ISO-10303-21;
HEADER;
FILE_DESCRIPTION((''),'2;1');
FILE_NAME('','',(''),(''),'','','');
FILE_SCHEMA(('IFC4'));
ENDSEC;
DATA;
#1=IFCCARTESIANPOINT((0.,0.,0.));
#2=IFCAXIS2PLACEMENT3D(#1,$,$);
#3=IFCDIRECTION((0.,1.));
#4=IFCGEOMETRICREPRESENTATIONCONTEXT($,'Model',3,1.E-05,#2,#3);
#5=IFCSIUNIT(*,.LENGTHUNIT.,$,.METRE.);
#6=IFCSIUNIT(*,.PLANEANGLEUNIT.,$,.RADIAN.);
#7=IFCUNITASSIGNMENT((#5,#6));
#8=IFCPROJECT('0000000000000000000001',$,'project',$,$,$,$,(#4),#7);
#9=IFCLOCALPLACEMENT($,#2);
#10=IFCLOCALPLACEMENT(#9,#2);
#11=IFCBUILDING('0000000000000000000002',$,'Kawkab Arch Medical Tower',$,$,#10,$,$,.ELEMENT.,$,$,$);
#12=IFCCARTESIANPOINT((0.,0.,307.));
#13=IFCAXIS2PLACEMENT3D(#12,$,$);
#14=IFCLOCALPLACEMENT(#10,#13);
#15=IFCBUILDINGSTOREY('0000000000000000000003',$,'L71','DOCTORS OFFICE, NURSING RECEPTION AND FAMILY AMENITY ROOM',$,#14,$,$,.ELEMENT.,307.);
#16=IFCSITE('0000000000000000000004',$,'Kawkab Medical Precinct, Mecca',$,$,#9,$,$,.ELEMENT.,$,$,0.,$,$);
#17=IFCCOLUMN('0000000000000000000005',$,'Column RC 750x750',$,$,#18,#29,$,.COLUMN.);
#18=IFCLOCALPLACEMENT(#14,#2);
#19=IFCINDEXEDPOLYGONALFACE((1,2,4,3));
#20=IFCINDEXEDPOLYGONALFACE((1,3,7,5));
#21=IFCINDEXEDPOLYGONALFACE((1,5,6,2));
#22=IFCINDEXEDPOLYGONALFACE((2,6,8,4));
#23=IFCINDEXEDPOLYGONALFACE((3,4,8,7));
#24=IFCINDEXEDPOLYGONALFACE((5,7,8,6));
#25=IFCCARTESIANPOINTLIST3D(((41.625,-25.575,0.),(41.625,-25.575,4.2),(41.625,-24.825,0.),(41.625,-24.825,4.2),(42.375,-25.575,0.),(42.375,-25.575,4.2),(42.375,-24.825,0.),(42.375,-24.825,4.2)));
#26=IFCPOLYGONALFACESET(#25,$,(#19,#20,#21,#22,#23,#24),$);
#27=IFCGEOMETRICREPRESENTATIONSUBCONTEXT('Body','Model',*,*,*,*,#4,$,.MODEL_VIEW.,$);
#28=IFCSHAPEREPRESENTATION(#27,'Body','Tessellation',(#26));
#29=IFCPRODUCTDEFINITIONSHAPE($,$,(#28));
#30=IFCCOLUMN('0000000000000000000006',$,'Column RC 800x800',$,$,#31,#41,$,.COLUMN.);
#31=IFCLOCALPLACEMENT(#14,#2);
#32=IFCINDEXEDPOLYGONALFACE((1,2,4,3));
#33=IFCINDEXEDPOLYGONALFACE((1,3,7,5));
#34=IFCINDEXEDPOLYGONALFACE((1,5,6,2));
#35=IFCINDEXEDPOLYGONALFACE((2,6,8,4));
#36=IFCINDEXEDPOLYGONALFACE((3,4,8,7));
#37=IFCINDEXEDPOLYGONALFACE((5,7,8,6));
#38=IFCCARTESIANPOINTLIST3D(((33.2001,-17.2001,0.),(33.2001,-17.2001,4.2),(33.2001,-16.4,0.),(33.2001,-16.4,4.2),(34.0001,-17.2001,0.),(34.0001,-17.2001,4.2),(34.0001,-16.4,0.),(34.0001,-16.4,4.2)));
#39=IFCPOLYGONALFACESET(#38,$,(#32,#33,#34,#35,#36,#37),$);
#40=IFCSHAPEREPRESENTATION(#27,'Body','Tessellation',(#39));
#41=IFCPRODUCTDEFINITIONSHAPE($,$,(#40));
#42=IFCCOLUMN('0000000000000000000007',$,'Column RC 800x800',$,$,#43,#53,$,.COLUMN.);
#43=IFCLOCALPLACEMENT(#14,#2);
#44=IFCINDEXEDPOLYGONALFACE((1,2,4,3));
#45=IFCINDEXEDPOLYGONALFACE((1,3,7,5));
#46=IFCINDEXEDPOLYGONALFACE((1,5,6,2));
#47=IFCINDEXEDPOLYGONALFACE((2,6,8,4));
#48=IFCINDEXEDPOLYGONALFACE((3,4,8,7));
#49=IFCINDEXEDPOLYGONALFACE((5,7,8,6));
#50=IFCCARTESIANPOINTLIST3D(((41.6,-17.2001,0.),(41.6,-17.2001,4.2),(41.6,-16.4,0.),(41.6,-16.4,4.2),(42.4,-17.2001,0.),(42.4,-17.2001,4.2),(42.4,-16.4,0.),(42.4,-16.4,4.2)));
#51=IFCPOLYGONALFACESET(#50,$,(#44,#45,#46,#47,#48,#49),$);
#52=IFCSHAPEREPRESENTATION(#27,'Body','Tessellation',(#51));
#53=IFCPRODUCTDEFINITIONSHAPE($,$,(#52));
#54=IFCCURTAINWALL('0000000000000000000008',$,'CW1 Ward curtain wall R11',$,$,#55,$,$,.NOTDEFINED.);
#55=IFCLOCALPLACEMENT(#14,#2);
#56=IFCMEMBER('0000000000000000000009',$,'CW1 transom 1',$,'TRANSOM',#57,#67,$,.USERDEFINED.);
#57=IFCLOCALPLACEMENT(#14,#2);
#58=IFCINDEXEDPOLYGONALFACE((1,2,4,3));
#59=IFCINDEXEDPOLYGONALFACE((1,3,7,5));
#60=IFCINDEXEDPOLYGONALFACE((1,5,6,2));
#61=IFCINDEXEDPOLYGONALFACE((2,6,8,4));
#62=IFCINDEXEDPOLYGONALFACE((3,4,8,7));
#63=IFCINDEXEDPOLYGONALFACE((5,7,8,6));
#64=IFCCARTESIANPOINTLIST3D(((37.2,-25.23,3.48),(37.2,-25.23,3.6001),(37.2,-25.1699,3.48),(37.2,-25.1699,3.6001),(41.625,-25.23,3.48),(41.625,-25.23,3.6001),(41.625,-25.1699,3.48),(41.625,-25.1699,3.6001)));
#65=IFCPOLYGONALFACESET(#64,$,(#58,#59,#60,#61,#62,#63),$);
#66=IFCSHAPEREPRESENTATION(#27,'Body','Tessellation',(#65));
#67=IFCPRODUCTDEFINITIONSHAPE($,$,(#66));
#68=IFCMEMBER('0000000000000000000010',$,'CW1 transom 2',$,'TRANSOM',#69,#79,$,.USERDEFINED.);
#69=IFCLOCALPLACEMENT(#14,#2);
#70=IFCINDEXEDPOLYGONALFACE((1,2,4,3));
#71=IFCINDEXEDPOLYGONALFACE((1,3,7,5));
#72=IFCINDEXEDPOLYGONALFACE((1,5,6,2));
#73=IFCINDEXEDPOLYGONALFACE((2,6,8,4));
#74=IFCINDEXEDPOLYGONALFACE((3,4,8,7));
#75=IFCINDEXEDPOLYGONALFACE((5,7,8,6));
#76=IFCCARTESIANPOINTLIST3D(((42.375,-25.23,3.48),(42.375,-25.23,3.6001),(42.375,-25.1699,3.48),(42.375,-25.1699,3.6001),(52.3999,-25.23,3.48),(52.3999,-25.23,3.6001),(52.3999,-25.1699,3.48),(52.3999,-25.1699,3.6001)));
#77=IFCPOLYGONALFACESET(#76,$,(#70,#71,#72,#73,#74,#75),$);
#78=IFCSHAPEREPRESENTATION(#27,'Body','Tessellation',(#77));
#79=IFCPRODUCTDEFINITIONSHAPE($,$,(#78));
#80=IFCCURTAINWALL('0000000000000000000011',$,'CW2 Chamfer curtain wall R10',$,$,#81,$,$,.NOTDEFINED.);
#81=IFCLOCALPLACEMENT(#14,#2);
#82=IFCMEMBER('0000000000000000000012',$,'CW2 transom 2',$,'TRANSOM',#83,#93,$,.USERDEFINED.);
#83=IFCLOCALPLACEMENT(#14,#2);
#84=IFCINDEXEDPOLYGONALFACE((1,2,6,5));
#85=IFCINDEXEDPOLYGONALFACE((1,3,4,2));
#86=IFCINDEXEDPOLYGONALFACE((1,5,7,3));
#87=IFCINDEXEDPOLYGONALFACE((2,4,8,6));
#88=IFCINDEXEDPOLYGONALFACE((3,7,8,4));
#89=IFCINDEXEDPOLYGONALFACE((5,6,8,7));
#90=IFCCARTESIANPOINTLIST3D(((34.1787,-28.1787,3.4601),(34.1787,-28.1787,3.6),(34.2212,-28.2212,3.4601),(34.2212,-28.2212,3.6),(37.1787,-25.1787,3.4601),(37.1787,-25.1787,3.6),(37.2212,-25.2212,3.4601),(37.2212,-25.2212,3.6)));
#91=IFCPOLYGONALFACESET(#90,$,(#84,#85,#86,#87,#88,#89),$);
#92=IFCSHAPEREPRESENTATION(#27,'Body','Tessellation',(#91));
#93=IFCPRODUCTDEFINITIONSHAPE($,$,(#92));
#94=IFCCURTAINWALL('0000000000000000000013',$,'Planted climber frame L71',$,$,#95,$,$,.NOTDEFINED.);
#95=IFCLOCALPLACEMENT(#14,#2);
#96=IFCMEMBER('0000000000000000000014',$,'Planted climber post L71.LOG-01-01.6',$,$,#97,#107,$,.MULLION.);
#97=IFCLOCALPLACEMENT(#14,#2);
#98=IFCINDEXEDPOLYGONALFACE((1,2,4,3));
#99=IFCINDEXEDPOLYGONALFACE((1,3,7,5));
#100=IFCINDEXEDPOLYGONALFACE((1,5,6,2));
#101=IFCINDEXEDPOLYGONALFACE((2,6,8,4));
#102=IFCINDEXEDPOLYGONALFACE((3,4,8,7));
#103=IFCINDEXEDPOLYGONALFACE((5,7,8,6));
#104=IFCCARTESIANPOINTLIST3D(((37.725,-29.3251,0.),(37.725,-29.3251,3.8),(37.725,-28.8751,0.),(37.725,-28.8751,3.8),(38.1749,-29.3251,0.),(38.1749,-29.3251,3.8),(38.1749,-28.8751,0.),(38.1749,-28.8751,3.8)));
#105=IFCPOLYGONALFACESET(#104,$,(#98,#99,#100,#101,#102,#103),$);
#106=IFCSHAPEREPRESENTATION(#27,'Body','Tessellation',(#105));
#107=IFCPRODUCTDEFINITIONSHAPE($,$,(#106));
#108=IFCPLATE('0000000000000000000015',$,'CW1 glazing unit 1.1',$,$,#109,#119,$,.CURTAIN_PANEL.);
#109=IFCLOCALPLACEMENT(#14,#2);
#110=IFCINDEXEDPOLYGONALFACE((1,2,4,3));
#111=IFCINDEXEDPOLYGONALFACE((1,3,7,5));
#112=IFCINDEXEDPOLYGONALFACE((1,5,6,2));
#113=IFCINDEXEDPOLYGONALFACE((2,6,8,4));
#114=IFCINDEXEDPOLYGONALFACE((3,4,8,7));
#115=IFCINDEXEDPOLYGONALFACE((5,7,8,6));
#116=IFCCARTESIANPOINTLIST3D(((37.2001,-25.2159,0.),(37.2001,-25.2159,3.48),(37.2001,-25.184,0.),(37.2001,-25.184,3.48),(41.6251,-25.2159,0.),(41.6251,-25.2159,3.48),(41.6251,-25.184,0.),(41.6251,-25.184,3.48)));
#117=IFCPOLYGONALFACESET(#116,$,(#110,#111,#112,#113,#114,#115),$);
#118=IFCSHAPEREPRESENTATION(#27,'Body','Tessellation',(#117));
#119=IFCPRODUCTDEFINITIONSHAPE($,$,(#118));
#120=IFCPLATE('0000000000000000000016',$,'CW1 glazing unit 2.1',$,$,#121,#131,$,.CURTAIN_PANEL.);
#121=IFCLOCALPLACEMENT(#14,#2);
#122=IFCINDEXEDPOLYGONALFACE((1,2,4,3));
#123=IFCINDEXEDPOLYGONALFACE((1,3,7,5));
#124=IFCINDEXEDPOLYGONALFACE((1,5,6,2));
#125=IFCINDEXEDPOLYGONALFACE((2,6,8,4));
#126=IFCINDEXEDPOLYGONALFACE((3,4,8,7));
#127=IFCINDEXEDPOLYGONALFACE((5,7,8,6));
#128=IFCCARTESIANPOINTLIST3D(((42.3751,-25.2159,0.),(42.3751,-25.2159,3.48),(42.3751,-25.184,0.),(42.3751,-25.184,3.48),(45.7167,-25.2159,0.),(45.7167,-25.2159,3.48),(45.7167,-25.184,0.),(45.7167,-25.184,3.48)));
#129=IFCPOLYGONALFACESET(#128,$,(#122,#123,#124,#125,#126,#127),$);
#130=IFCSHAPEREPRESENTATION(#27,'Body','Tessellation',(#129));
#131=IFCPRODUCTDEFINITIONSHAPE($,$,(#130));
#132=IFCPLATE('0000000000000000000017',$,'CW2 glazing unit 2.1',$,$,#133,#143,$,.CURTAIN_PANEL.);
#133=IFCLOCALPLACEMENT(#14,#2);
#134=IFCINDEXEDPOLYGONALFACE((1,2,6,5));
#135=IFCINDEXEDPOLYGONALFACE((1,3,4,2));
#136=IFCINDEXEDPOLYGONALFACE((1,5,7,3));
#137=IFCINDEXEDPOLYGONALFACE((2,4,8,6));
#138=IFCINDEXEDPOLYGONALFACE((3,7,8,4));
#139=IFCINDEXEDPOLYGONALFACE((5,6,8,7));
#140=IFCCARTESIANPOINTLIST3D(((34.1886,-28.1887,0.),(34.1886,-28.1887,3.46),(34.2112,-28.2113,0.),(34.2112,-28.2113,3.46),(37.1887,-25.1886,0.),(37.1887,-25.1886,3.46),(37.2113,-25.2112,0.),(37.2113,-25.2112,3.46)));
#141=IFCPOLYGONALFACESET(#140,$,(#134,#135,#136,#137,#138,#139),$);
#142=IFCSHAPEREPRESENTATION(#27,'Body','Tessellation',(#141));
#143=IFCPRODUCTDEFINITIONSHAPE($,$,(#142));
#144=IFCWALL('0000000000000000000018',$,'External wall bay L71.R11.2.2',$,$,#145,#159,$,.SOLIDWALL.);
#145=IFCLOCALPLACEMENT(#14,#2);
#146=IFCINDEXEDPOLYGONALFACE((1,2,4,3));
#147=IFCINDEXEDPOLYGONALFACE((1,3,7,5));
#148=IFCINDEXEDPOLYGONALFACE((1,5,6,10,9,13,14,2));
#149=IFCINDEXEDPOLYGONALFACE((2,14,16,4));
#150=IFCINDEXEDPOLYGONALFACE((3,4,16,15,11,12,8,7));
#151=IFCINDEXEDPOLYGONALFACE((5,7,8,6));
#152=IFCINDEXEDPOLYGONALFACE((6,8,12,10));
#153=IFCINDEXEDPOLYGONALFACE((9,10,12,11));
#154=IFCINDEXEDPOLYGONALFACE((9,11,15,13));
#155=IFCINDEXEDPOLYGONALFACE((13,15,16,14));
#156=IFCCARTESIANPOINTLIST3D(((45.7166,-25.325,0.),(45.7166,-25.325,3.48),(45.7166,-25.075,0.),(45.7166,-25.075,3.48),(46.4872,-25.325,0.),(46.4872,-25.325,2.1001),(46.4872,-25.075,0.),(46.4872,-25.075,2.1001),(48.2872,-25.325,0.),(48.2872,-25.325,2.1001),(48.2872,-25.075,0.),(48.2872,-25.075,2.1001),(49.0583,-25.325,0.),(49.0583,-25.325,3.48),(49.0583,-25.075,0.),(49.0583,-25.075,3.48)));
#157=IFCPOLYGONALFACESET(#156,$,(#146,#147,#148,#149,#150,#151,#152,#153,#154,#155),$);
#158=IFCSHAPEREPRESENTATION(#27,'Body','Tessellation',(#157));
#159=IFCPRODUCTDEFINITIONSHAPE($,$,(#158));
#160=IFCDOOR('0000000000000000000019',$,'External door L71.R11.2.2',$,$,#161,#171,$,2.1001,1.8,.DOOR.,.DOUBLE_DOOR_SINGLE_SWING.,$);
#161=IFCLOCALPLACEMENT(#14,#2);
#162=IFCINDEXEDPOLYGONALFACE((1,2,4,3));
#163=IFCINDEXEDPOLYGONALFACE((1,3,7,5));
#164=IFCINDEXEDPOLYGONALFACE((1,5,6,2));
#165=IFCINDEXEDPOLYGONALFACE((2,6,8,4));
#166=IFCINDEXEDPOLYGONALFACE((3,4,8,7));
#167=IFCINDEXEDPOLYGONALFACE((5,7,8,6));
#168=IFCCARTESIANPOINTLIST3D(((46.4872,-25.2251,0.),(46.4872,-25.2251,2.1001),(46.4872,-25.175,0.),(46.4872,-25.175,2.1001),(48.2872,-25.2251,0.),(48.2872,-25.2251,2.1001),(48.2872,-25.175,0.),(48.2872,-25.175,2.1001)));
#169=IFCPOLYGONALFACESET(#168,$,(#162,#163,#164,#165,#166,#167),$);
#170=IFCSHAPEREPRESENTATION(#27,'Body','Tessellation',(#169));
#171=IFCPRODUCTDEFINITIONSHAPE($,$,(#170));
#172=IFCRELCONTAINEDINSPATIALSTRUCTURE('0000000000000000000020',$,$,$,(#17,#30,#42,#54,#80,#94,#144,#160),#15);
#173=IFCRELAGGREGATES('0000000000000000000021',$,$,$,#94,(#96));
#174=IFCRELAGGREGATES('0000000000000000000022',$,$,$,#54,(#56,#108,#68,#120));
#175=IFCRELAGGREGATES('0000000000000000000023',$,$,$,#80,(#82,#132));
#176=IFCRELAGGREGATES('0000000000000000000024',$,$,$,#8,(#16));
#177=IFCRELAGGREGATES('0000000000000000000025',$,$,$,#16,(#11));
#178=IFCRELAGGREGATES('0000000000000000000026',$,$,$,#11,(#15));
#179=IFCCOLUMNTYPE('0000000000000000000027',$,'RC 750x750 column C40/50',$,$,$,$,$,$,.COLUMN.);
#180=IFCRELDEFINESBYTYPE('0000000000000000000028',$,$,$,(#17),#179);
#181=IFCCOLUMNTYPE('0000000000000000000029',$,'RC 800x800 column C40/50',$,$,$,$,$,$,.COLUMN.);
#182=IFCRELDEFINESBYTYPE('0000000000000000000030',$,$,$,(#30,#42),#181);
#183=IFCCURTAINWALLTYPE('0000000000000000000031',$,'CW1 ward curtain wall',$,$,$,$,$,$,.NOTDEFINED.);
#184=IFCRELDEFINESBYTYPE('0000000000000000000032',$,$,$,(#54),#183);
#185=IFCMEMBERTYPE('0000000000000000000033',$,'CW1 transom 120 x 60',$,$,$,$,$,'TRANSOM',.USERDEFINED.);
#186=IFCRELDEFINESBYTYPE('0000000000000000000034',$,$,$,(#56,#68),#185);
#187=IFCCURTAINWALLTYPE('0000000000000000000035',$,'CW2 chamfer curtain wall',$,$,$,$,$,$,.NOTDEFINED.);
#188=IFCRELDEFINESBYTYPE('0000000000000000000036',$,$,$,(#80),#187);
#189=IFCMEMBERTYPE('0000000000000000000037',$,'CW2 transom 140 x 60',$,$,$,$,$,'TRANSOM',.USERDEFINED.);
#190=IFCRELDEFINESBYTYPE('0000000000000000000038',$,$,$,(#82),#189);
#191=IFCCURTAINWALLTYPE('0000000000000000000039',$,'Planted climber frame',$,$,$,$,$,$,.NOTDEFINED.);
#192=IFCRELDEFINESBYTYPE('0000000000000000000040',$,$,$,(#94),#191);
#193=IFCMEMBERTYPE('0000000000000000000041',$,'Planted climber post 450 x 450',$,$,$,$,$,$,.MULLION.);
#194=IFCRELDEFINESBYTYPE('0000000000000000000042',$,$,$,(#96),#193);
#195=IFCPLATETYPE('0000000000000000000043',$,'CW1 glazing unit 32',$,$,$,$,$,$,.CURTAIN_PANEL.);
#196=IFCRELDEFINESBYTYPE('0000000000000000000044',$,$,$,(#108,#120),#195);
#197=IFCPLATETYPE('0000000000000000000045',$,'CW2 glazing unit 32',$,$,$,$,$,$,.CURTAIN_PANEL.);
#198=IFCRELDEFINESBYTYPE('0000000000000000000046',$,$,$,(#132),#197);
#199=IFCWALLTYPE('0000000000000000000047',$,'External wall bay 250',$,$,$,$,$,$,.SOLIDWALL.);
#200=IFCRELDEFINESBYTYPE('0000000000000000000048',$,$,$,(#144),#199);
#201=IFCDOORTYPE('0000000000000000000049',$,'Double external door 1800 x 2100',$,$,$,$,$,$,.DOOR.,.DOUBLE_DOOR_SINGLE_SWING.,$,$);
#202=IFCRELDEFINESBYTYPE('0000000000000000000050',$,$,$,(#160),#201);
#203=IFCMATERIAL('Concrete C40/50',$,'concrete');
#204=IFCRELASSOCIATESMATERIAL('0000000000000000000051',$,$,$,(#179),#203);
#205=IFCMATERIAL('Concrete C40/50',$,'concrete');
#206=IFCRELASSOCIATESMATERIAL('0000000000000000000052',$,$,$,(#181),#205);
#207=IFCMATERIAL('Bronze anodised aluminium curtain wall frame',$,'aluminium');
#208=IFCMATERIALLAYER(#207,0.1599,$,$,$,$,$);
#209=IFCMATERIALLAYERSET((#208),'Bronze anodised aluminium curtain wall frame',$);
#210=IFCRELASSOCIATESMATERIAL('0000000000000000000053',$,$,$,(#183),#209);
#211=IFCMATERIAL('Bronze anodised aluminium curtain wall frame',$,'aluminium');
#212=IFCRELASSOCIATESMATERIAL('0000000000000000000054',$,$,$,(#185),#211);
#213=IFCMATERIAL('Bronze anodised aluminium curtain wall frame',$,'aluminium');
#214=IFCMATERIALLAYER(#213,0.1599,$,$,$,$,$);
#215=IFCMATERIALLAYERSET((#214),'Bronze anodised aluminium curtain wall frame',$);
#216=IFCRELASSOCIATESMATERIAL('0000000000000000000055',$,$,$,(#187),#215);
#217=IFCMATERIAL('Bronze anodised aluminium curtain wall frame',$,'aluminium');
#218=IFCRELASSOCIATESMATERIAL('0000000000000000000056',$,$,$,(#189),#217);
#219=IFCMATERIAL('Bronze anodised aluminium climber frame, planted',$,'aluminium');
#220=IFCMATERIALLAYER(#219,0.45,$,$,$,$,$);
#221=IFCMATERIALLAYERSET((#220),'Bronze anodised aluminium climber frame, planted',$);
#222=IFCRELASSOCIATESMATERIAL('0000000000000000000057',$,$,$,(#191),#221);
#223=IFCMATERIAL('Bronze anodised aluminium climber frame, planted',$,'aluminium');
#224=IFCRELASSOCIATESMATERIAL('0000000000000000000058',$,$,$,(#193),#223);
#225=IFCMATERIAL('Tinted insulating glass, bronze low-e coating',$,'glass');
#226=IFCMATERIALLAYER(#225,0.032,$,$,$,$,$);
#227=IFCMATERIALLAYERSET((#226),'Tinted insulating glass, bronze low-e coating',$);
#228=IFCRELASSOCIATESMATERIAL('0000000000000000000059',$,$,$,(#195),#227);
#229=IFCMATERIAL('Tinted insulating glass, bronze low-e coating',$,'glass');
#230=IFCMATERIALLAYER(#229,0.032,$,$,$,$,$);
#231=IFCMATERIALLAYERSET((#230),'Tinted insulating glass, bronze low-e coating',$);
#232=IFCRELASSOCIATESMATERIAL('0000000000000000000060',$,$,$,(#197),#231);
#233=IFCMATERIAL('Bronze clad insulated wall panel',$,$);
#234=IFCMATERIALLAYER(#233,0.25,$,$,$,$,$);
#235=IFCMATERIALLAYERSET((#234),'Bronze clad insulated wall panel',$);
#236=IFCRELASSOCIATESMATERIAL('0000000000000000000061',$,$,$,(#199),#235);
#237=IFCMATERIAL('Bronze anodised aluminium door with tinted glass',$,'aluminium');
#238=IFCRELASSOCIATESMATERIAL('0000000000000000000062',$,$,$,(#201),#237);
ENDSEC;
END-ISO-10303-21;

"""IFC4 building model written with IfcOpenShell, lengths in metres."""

from ifc_helpers import new_model, si_unit, direction, frame, frame_2d, origin, origin_2d, place, context, subcontext, project, spatial, rectangle, extrude, material, layer, layer_set, material_profile, profile_set, type_object, element, fill, aggregate, save


model = new_model("IFC4")

# Units and contexts
model_context = context("Model", 3, precision=1e-05, world=origin(), true_north=direction((0.0, 1.0)))
body_context = subcontext(model_context, "Body", "Model", "MODEL_VIEW")
ifc_project = project(units=[si_unit("LENGTHUNIT", "METRE"), si_unit("PLANEANGLEUNIT", "RADIAN")], contexts=[model_context])

# Site, building, storey
site_placement = place(None, origin())
site = spatial("IfcSite", under=ifc_project, at=site_placement, Name="Kawkab Medical Precinct, Mecca", CompositionType="ELEMENT", RefElevation=0.0)
building_placement = place(site_placement, origin())
building = spatial("IfcBuilding", under=site, at=building_placement, Name="Kawkab Arch Medical Tower", CompositionType="ELEMENT")
storey_placement = place(building_placement, frame((0.0, 0.0, 307.0)))
storey = spatial("IfcBuildingStorey", under=building, at=storey_placement, Name="L71", Description="DOCTORS OFFICE, NURSING RECEPTION AND FAMILY AMENITY ROOM", CompositionType="ELEMENT", Elevation=307.0)

# Columns
ifc_material_1 = material(Name="Concrete C40/50", Category="concrete")
ifc_material_profile_1 = material_profile(ifc_material_1, rectangle(XDim=0.75, YDim=0.75, at=origin_2d()), Name="RC 750x750")
ifc_profile_set_1 = profile_set([ifc_material_profile_1], Name="Concrete C40/50")
column_type_1 = type_object("IfcColumnType", Name="RC 750x750 column C40/50", PredefinedType="COLUMN", material=ifc_profile_set_1)
column_placement = place(storey_placement, frame((42.0, -25.2, 0.0), z_axis=(0.0, 0.0, 1.0), x_axis=(1.0, 0.0, 0.0)))
element("IfcColumn", 1, at=column_placement, inside=storey, type_object=column_type_1, Name="Column RC 750x750", PredefinedType="COLUMN", context=body_context, shape_type="SweptSolid", body=[
    extrude(rectangle(XDim=0.75, YDim=0.75, at=origin_2d()), origin(), (0.0, 0.0, 1.0), 4.2),
])
ifc_material_2 = material(Name="Concrete C40/50", Category="concrete")
ifc_material_profile_2 = material_profile(ifc_material_2, rectangle(XDim=0.8, YDim=0.8, at=origin_2d()), Name="RC 800x800")
ifc_profile_set_2 = profile_set([ifc_material_profile_2], Name="Concrete C40/50")
column_type_2 = type_object("IfcColumnType", Name="RC 800x800 column C40/50", PredefinedType="COLUMN", material=ifc_profile_set_2)
for number, where, z_axis, x_axis, name in (
    (2, (33.6001, -16.8, 0.0), (0.0, 0.0, 1.0), (1.0, 0.0, 0.0), "Column RC 800x800"),
    (3, (42.0, -16.8, 0.0), (0.0, 0.0, 1.0), (1.0, 0.0, 0.0), "Column RC 800x800"),
):
    element("IfcColumn", number, at=place(storey_placement, frame(where, z_axis=z_axis, x_axis=x_axis)), inside=storey, type_object=column_type_2, Name=name, PredefinedType="COLUMN", context=body_context, shape_type="SweptSolid", body=[
        extrude(rectangle(XDim=0.8, YDim=0.8, at=origin_2d()), origin(), (0.0, 0.0, 1.0), 4.2),
    ])

# Curtain wall, members
ifc_material_3 = material(Name="Bronze anodised aluminium curtain wall frame", Category="aluminium")
ifc_layer_1 = layer(ifc_material_3, 0.1599)
ifc_layer_set_1 = layer_set([ifc_layer_1], Name="Bronze anodised aluminium curtain wall frame")
curtain_wall_type_1 = type_object("IfcCurtainWallType", Name="CW1 ward curtain wall", PredefinedType="NOTDEFINED", material=ifc_layer_set_1)
placement = place(storey_placement, origin())
curtain_wall_1 = element("IfcCurtainWall", 4, at=placement, inside=storey, type_object=curtain_wall_type_1, Name="CW1 Ward curtain wall R11", PredefinedType="NOTDEFINED")
ifc_material_4 = material(Name="Bronze anodised aluminium curtain wall frame", Category="aluminium")
ifc_material_profile_3 = material_profile(ifc_material_4, rectangle(XDim=0.0601, YDim=0.1201, at=origin_2d()), Name="AL 60x120")
ifc_profile_set_3 = profile_set([ifc_material_profile_3], Name="Bronze anodised aluminium curtain wall frame")
member_type_1 = type_object("IfcMemberType", Name="CW1 transom 120 x 60", ElementType="TRANSOM", PredefinedType="USERDEFINED", material=ifc_profile_set_3)
member_1_placement = place(storey_placement, frame((37.2, -25.2, 3.54), z_axis=(1.0, 0.0, 0.0), x_axis=(0.0, 1.0, 0.0)))
member_1 = element("IfcMember", 5, at=member_1_placement, type_object=member_type_1, Name="CW1 transom 1", ObjectType="TRANSOM", PredefinedType="USERDEFINED", context=body_context, shape_type="SweptSolid", body=[
    extrude(rectangle(XDim=0.0601, YDim=0.1201, at=origin_2d()), origin(), (0.0, 0.0, 1.0), 4.425),
])
member_2_placement = place(storey_placement, frame((42.375, -25.2, 3.54), z_axis=(1.0, 0.0, 0.0), x_axis=(0.0, 1.0, 0.0)))
member_2 = element("IfcMember", 6, at=member_2_placement, type_object=member_type_1, Name="CW1 transom 2", ObjectType="TRANSOM", PredefinedType="USERDEFINED", context=body_context, shape_type="SweptSolid", body=[
    extrude(rectangle(XDim=0.0601, YDim=0.1201, at=origin_2d()), origin(), (0.0, 0.0, 1.0), 10.0249),
])

# Curtain walls, members
ifc_material_5 = material(Name="Bronze anodised aluminium curtain wall frame", Category="aluminium")
ifc_layer_2 = layer(ifc_material_5, 0.1599)
ifc_layer_set_2 = layer_set([ifc_layer_2], Name="Bronze anodised aluminium curtain wall frame")
curtain_wall_type_2 = type_object("IfcCurtainWallType", Name="CW2 chamfer curtain wall", PredefinedType="NOTDEFINED", material=ifc_layer_set_2)
curtain_wall_2 = element("IfcCurtainWall", 7, at=placement, inside=storey, type_object=curtain_wall_type_2, Name="CW2 Chamfer curtain wall R10", PredefinedType="NOTDEFINED")
ifc_material_6 = material(Name="Bronze anodised aluminium curtain wall frame", Category="aluminium")
ifc_material_profile_4 = material_profile(ifc_material_6, rectangle(XDim=0.0601, YDim=0.1399, at=origin_2d()), Name="AL 60x140")
ifc_profile_set_4 = profile_set([ifc_material_profile_4], Name="Bronze anodised aluminium curtain wall frame")
member_type_2 = type_object("IfcMemberType", Name="CW2 transom 140 x 60", ElementType="TRANSOM", PredefinedType="USERDEFINED", material=ifc_profile_set_4)
member_3_placement = place(storey_placement, frame((34.2, -28.2, 3.53), z_axis=(0.707107, 0.707107, 0.0), x_axis=(-0.707107, 0.707107, 0.0)))
member_3 = element("IfcMember", 8, at=member_3_placement, type_object=member_type_2, Name="CW2 transom 2", ObjectType="TRANSOM", PredefinedType="USERDEFINED", context=body_context, shape_type="SweptSolid", body=[
    extrude(rectangle(XDim=0.0601, YDim=0.1399, at=origin_2d()), origin(), (0.0, 0.0, 1.0), 4.2427),
])
ifc_material_7 = material(Name="Bronze anodised aluminium climber frame, planted", Category="aluminium")
ifc_layer_3 = layer(ifc_material_7, 0.45)
ifc_layer_set_3 = layer_set([ifc_layer_3], Name="Bronze anodised aluminium climber frame, planted")
curtain_wall_type_3 = type_object("IfcCurtainWallType", Name="Planted climber frame", PredefinedType="NOTDEFINED", material=ifc_layer_set_3)
curtain_wall_3 = element("IfcCurtainWall", 9, at=placement, inside=storey, type_object=curtain_wall_type_3, Name="Planted climber frame L71", PredefinedType="NOTDEFINED")
ifc_material_8 = material(Name="Bronze anodised aluminium climber frame, planted", Category="aluminium")
ifc_material_profile_5 = material_profile(ifc_material_8, rectangle(XDim=0.45, YDim=0.45, at=origin_2d()), Name="Post 450x450")
ifc_profile_set_5 = profile_set([ifc_material_profile_5], Name="Bronze anodised aluminium climber frame, planted")
member_type_3 = type_object("IfcMemberType", Name="Planted climber post 450 x 450", PredefinedType="MULLION", material=ifc_profile_set_5)
member_4_placement = place(storey_placement, frame((37.95, -29.1001, 0.0), z_axis=(0.0, 0.0, 1.0), x_axis=(1.0, 0.0, 0.0)))
member_4 = element("IfcMember", 10, at=member_4_placement, type_object=member_type_3, Name="Planted climber post L71.LOG-01-01.6", PredefinedType="MULLION", context=body_context, shape_type="SweptSolid", body=[
    extrude(rectangle(XDim=0.45, YDim=0.45, at=origin_2d()), origin(), (0.0, 0.0, 1.0), 3.8),
])
aggregate(curtain_wall_3, [member_4])

# Plates
ifc_material_9 = material(Name="Tinted insulating glass, bronze low-e coating", Category="glass")
ifc_layer_4 = layer(ifc_material_9, 0.032)
ifc_layer_set_4 = layer_set([ifc_layer_4], Name="Tinted insulating glass, bronze low-e coating")
plate_type_1 = type_object("IfcPlateType", Name="CW1 glazing unit 32", PredefinedType="CURTAIN_PANEL", material=ifc_layer_set_4)
plate_1_placement = place(storey_placement, frame((39.4126, -25.2, 0.0), z_axis=(0.0, 0.0, 1.0), x_axis=(1.0, 0.0, 0.0)))
plate_1 = element("IfcPlate", 11, at=plate_1_placement, type_object=plate_type_1, Name="CW1 glazing unit 1.1", PredefinedType="CURTAIN_PANEL", context=body_context, shape_type="SweptSolid", body=[
    extrude(rectangle(XDim=4.425, YDim=0.032, at=origin_2d()), origin(), (0.0, 0.0, 1.0), 3.48),
])
plate_2_placement = place(storey_placement, frame((44.0459, -25.2, 0.0), z_axis=(0.0, 0.0, 1.0), x_axis=(1.0, 0.0, 0.0)))
plate_2 = element("IfcPlate", 12, at=plate_2_placement, type_object=plate_type_1, Name="CW1 glazing unit 2.1", PredefinedType="CURTAIN_PANEL", context=body_context, shape_type="SweptSolid", body=[
    extrude(rectangle(XDim=3.3416, YDim=0.032, at=origin_2d()), origin(), (0.0, 0.0, 1.0), 3.48),
])
aggregate(curtain_wall_1, [member_1, plate_1, member_2, plate_2])
ifc_material_10 = material(Name="Tinted insulating glass, bronze low-e coating", Category="glass")
ifc_layer_5 = layer(ifc_material_10, 0.032)
ifc_layer_set_5 = layer_set([ifc_layer_5], Name="Tinted insulating glass, bronze low-e coating")
plate_type_2 = type_object("IfcPlateType", Name="CW2 glazing unit 32", PredefinedType="CURTAIN_PANEL", material=ifc_layer_set_5)
plate_3_placement = place(storey_placement, frame((35.7, -26.7, 0.0), z_axis=(0.0, 0.0, 1.0), x_axis=(0.707107, 0.707107, 0.0)))
plate_3 = element("IfcPlate", 13, at=plate_3_placement, type_object=plate_type_2, Name="CW2 glazing unit 2.1", PredefinedType="CURTAIN_PANEL", context=body_context, shape_type="SweptSolid", body=[
    extrude(rectangle(XDim=4.2427, YDim=0.032, at=origin_2d()), origin(), (0.0, 0.0, 1.0), 3.46),
])
aggregate(curtain_wall_2, [member_3, plate_3])

# Wall, opening, door
ifc_material_11 = material(Name="Bronze clad insulated wall panel")
ifc_layer_6 = layer(ifc_material_11, 0.25)
ifc_layer_set_6 = layer_set([ifc_layer_6], Name="Bronze clad insulated wall panel")
wall_type_1 = type_object("IfcWallType", Name="External wall bay 250", PredefinedType="SOLIDWALL", material=ifc_layer_set_6)
wall_1_placement = place(storey_placement, frame((45.7166, -25.2, 0.0), z_axis=(0.0, 0.0, 1.0), x_axis=(1.0, 0.0, 0.0)))
wall_1 = element("IfcWall", 14, at=wall_1_placement, inside=storey, type_object=wall_type_1, Name="External wall bay L71.R11.2.2", PredefinedType="SOLIDWALL", context=body_context, shape_type="SweptSolid", body=[
    extrude(rectangle(XDim=3.3418, YDim=0.25, at=frame_2d((1.6709, 0.0))), origin(), (0.0, 0.0, 1.0), 3.48),
])
opening_1_placement = place(wall_1_placement, frame((0.7708, 0.0, 0.0)))
opening_1 = element("IfcOpeningElement", 15, at=opening_1_placement, cuts=wall_1, PredefinedType="OPENING", context=body_context, shape_type="SweptSolid", body=[
    extrude(rectangle(XDim=1.8, YDim=2.1001, at=frame_2d((0.8999, 1.05))), frame((0.0, 0.135, 0.0), z_axis=(0.0, -1.0, 0.0), x_axis=(1.0, 0.0, 0.0)), (0.0, 0.0, 1.0), 0.27),
])
ifc_material_12 = material(Name="Bronze anodised aluminium door with tinted glass", Category="aluminium")
door_type_1 = type_object("IfcDoorType", Name="Double external door 1800 x 2100", OperationType="DOUBLE_DOOR_SINGLE_SWING", PredefinedType="DOOR", material=ifc_material_12)
door_1_placement = place(opening_1_placement, origin())
door_1 = element("IfcDoor", 16, at=door_1_placement, inside=storey, type_object=door_type_1, Name="External door L71.R11.2.2", OperationType="DOUBLE_DOOR_SINGLE_SWING", OverallHeight=2.1001, OverallWidth=1.8, PredefinedType="DOOR", context=body_context, shape_type="SweptSolid", body=[
    extrude(rectangle(XDim=1.8, YDim=2.1001, at=frame_2d((0.8999, 1.05))), frame((0.0, 0.0249, 0.0), z_axis=(0.0, -1.0, 0.0), x_axis=(1.0, 0.0, 0.0)), (0.0, 0.0, 1.0), 0.05),
])
fill(opening_1, door_1)

save(model, "model.ifc")
